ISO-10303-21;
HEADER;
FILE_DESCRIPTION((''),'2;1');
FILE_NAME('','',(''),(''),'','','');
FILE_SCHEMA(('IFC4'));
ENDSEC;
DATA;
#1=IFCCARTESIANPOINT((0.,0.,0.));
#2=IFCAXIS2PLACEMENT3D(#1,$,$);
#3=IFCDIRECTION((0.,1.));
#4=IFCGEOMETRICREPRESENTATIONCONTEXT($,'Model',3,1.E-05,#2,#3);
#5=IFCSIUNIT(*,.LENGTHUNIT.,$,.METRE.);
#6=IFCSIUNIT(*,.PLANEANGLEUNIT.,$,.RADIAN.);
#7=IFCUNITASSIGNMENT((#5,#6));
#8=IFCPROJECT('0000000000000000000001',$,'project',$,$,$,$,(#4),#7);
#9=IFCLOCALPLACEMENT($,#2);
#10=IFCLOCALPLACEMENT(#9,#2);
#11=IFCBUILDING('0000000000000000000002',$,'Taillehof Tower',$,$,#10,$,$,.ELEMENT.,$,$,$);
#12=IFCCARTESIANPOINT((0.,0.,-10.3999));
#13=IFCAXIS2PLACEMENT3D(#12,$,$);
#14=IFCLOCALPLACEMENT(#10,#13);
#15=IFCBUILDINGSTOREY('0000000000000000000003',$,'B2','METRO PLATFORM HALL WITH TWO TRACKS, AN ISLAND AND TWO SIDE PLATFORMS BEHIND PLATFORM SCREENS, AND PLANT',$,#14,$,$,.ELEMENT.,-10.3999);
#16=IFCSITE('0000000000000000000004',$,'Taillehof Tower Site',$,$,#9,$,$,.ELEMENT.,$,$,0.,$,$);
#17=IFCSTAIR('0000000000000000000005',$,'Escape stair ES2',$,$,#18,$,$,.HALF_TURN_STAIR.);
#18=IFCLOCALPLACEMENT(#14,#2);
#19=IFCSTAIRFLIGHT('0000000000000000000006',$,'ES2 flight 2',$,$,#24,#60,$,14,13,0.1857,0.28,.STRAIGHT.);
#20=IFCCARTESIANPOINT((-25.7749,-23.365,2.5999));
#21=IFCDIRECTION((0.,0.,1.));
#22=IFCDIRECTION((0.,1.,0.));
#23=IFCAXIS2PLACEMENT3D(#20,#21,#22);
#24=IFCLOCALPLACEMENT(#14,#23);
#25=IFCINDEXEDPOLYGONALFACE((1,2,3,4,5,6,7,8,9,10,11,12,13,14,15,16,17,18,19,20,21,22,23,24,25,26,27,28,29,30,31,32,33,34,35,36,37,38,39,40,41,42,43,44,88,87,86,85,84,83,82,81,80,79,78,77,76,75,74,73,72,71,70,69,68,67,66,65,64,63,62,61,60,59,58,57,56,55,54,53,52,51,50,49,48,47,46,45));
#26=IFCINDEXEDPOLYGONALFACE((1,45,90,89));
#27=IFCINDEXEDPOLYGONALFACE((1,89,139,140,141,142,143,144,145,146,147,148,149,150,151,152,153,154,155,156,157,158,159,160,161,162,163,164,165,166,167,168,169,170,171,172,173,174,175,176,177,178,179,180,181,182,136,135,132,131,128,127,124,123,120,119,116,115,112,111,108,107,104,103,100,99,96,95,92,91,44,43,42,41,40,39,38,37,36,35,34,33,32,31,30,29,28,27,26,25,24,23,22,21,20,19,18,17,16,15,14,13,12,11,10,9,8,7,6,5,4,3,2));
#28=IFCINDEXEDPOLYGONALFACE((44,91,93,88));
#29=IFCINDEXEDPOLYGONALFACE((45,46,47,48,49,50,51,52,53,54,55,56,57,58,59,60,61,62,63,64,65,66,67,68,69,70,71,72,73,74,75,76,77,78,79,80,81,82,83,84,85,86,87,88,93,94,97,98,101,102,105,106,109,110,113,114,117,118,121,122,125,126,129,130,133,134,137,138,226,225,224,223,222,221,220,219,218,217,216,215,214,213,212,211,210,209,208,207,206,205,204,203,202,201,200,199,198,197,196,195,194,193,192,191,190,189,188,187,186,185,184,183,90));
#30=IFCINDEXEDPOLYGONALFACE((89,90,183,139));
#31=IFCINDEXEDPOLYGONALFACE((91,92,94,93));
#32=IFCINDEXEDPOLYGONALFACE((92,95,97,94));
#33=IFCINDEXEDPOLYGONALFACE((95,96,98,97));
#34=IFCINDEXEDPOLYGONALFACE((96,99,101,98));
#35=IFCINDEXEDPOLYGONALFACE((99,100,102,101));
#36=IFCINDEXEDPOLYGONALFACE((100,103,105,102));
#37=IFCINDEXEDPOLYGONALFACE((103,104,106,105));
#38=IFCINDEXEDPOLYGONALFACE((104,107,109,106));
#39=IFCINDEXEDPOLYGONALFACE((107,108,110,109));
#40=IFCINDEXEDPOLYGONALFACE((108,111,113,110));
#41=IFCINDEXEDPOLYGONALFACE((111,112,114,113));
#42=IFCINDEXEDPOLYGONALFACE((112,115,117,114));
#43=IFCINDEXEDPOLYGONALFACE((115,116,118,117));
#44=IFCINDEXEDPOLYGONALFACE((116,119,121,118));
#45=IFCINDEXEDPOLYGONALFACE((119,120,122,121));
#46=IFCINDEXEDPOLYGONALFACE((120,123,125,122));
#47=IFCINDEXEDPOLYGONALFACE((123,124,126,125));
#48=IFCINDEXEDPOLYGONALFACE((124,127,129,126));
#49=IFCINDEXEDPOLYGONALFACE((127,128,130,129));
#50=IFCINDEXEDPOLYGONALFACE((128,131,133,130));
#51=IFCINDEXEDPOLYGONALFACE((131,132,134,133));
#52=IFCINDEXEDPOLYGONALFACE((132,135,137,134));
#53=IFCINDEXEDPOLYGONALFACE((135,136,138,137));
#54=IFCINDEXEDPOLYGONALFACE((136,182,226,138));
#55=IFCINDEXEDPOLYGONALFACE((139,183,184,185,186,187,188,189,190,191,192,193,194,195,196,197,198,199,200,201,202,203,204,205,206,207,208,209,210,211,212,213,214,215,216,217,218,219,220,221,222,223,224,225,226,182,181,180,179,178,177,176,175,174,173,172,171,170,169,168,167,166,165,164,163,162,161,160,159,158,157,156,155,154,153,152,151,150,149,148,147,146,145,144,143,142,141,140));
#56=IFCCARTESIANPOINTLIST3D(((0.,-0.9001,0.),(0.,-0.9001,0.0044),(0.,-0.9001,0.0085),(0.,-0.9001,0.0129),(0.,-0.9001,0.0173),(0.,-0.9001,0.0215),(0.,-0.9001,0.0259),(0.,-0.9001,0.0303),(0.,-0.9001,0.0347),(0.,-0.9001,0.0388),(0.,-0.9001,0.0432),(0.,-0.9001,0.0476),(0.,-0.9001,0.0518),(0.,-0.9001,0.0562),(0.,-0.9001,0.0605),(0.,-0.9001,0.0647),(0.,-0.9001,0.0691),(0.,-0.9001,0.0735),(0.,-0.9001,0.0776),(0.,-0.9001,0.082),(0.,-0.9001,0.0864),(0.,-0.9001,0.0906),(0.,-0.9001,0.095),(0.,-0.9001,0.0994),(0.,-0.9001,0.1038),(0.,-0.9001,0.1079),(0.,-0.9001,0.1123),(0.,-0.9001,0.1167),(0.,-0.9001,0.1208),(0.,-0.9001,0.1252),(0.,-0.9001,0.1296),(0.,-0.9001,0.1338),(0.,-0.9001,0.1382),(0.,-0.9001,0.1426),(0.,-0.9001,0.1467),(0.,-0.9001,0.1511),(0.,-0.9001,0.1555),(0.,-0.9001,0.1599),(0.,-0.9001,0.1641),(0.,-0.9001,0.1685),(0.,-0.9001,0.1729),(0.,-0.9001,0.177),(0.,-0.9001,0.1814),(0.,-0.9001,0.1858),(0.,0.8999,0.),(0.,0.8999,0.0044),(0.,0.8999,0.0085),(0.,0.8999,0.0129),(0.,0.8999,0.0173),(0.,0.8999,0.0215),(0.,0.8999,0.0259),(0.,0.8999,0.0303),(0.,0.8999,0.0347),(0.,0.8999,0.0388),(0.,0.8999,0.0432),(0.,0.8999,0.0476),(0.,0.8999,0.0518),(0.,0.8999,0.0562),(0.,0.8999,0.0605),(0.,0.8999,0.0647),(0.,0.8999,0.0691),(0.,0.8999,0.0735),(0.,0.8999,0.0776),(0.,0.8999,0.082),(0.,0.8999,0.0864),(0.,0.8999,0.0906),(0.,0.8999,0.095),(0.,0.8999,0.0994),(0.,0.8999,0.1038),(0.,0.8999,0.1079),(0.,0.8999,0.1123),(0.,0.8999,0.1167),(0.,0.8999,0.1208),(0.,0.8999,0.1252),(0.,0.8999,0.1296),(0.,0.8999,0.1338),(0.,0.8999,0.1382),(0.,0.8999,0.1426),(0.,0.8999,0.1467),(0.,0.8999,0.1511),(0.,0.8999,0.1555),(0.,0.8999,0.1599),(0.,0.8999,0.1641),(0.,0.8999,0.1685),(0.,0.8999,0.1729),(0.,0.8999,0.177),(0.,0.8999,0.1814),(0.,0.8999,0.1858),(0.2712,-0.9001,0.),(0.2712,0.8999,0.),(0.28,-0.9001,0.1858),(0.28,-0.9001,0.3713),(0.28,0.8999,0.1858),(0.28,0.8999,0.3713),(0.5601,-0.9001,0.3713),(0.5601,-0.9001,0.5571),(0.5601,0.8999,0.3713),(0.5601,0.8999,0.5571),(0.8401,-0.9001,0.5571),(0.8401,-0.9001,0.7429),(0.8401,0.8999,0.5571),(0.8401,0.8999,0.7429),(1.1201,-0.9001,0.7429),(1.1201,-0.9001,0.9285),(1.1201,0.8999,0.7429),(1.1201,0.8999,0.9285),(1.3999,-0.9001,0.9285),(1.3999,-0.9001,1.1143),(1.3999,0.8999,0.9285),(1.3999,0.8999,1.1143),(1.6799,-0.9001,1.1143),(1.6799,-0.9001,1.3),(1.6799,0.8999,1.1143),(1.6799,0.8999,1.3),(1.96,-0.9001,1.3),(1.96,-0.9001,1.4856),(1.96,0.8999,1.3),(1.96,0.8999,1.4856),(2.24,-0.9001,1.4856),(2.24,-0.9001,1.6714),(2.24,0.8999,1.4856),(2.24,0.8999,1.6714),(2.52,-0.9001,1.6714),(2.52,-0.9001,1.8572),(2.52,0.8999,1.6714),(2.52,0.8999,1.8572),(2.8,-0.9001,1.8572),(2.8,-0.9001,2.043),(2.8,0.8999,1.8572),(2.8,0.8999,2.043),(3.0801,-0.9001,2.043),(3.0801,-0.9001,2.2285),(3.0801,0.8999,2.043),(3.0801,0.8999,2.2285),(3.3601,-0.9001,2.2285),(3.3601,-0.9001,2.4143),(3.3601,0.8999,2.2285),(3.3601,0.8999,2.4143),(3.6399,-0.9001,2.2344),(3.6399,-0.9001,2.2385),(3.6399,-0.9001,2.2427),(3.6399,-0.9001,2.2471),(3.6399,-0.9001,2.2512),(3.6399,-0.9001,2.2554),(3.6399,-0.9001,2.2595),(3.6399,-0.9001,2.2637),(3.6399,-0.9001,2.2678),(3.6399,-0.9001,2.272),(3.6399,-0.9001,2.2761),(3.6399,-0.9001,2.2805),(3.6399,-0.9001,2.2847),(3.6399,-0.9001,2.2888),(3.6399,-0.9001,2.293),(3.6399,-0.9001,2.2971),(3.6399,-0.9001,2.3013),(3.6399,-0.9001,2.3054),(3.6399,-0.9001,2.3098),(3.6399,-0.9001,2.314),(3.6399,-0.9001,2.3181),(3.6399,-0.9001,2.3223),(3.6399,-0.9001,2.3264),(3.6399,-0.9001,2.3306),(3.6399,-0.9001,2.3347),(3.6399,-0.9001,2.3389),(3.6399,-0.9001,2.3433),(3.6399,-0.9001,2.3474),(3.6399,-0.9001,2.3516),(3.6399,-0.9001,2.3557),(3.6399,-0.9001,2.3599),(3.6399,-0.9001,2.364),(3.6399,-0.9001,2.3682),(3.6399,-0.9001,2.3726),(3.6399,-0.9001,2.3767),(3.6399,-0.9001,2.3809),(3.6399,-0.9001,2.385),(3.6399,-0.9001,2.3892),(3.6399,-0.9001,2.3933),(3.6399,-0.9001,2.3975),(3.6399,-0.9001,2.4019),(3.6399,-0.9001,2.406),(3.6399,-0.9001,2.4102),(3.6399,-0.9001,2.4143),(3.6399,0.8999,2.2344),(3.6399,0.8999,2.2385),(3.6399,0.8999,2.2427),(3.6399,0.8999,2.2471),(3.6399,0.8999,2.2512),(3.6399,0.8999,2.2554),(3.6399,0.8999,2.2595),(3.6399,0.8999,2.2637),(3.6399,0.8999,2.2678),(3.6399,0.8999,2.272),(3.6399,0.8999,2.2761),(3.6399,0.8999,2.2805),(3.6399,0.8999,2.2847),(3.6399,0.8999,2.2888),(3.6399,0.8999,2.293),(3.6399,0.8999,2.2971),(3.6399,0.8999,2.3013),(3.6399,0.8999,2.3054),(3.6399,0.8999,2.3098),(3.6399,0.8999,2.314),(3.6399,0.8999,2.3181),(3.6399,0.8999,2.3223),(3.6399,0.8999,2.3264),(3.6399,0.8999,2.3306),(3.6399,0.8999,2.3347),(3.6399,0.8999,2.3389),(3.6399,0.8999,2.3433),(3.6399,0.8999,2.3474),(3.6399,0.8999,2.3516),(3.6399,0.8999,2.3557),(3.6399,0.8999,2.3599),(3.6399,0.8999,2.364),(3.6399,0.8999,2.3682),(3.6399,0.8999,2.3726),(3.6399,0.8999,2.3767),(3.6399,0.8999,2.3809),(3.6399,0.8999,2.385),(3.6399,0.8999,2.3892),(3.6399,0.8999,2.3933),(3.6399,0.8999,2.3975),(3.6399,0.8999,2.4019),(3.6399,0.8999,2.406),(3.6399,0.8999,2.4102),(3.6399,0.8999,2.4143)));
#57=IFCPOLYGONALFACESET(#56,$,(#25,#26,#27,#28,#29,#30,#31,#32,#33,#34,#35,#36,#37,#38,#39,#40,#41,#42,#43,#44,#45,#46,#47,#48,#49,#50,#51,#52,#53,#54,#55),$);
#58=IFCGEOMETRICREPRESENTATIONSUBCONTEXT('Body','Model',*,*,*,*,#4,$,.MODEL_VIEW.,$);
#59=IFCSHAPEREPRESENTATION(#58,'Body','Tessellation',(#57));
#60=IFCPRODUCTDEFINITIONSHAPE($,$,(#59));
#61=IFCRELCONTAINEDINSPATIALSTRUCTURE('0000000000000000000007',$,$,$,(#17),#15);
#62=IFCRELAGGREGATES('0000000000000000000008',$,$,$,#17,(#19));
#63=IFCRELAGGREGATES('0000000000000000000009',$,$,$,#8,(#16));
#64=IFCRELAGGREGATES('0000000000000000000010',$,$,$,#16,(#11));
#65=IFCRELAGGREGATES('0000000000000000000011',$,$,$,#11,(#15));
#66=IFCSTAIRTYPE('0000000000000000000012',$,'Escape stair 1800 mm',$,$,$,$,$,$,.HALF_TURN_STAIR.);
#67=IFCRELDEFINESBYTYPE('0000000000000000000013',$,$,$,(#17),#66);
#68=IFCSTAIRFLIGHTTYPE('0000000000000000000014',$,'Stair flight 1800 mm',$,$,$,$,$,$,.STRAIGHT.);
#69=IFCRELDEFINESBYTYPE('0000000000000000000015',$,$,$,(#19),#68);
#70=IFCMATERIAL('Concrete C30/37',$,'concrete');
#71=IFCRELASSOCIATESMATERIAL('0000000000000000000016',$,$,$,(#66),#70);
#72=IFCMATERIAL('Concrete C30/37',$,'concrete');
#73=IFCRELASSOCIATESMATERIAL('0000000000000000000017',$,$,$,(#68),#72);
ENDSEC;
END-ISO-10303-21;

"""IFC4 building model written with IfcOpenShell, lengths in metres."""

from ifc_helpers import new_model, si_unit, direction, frame, origin, place, context, subcontext, project, spatial, polyline, outline, extrude, material, type_object, element, aggregate, save


model = new_model("IFC4")

# Units and contexts
model_context = context("Model", 3, precision=1e-05, world=origin(), true_north=direction((0.0, 1.0)))
body_context = subcontext(model_context, "Body", "Model", "MODEL_VIEW")
ifc_project = project(units=[si_unit("LENGTHUNIT", "METRE"), si_unit("PLANEANGLEUNIT", "RADIAN")], contexts=[model_context])

# Site, building, storey
site_placement = place(None, origin())
site = spatial("IfcSite", under=ifc_project, at=site_placement, Name="Taillehof Tower Site", CompositionType="ELEMENT", RefElevation=0.0)
building_placement = place(site_placement, origin())
building = spatial("IfcBuilding", under=site, at=building_placement, Name="Taillehof Tower", CompositionType="ELEMENT")
storey_placement = place(building_placement, frame((0.0, 0.0, -10.3999)))
storey = spatial("IfcBuildingStorey", under=building, at=storey_placement, Name="B2", Description="METRO PLATFORM HALL WITH TWO TRACKS, AN ISLAND AND TWO SIDE PLATFORMS BEHIND PLATFORM SCREENS, AND PLANT", CompositionType="ELEMENT", Elevation=-10.3999)

# Stair, stair flight
ifc_material_1 = material(Name="Concrete C30/37", Category="concrete")
stair_type = type_object("IfcStairType", Name="Escape stair 1800 mm", PredefinedType="HALF_TURN_STAIR", material=ifc_material_1)
stair_placement = place(storey_placement, origin())
stair = element("IfcStair", 1, at=stair_placement, inside=storey, type_object=stair_type, Name="Escape stair ES2", PredefinedType="HALF_TURN_STAIR")
ifc_material_2 = material(Name="Concrete C30/37", Category="concrete")
stair_flight_type = type_object("IfcStairFlightType", Name="Stair flight 1800 mm", PredefinedType="STRAIGHT", material=ifc_material_2)
stair_flight_placement = place(storey_placement, frame((-25.7749, -23.365, 2.5999), z_axis=(0.0, 0.0, 1.0), x_axis=(0.0, 1.0, 0.0)))
stair_flight = element("IfcStairFlight", 2, at=stair_flight_placement, type_object=stair_flight_type, Name="ES2 flight 2", NumberOfRisers=14, NumberOfTreads=13, PredefinedType="STRAIGHT", RiserHeight=0.1857, TreadLength=0.28, context=body_context, shape_type="SweptSolid", body=[
    extrude(outline(polyline([(0.0, 0.0), (0.0, 0.0044), (0.0, 0.0085), (0.0, 0.0129), (0.0, 0.0173), (0.0, 0.0215), (0.0, 0.0259), (0.0, 0.0303), (0.0, 0.0347), (0.0, 0.0388), (0.0, 0.0432), (0.0, 0.0476), (0.0, 0.0518), (0.0, 0.0562), (0.0, 0.0605), (0.0, 0.0647), (0.0, 0.0691), (0.0, 0.0735), (0.0, 0.0776), (0.0, 0.082), (0.0, 0.0864), (0.0, 0.0906), (0.0, 0.095), (0.0, 0.0994), (0.0, 0.1038), (0.0, 0.1079), (0.0, 0.1123), (0.0, 0.1167), (0.0, 0.1208), (0.0, 0.1252), (0.0, 0.1296), (0.0, 0.1338), (0.0, 0.1382), (0.0, 0.1426), (0.0, 0.1467), (0.0, 0.1511), (0.0, 0.1555), (0.0, 0.1599), (0.0, 0.1641), (0.0, 0.1685), (0.0, 0.1729), (0.0, 0.177), (0.0, 0.1814), (0.0, 0.1858), (0.28, 0.1858), (0.28, 0.3713), (0.5601, 0.3713), (0.5601, 0.5571), (0.8401, 0.5571), (0.8401, 0.7429), (1.1201, 0.7429), (1.1201, 0.9285), (1.3999, 0.9285), (1.3999, 1.1143), (1.6799, 1.1143), (1.6799, 1.3), (1.96, 1.3), (1.96, 1.4856), (2.24, 1.4856), (2.24, 1.6714), (2.52, 1.6714), (2.52, 1.8572), (2.8, 1.8572), (2.8, 2.043), (3.0801, 2.043), (3.0801, 2.2285), (3.3601, 2.2285), (3.3601, 2.4143), (3.6399, 2.4143), (3.6399, 2.4102), (3.6399, 2.406), (3.6399, 2.4019), (3.6399, 2.3975), (3.6399, 2.3933), (3.6399, 2.3892), (3.6399, 2.385), (3.6399, 2.3809), (3.6399, 2.3767), (3.6399, 2.3726), (3.6399, 2.3682), (3.6399, 2.364), (3.6399, 2.3599), (3.6399, 2.3557), (3.6399, 2.3516), (3.6399, 2.3474), (3.6399, 2.3433), (3.6399, 2.3389), (3.6399, 2.3347), (3.6399, 2.3306), (3.6399, 2.3264), (3.6399, 2.3223), (3.6399, 2.3181), (3.6399, 2.314), (3.6399, 2.3098), (3.6399, 2.3054), (3.6399, 2.3013), (3.6399, 2.2971), (3.6399, 2.293), (3.6399, 2.2888), (3.6399, 2.2847), (3.6399, 2.2805), (3.6399, 2.2761), (3.6399, 2.272), (3.6399, 2.2678), (3.6399, 2.2637), (3.6399, 2.2595), (3.6399, 2.2554), (3.6399, 2.2512), (3.6399, 2.2471), (3.6399, 2.2427), (3.6399, 2.2385), (3.6399, 2.2344), (0.2712, 0.0), (0.0, 0.0)])), frame((0.0, 0.8999, 0.0), z_axis=(0.0, -1.0, 0.0), x_axis=(1.0, 0.0, 0.0)), (0.0, 0.0, 1.0), 1.8),
])
aggregate(stair, [stair_flight])

save(model, "model.ifc")
